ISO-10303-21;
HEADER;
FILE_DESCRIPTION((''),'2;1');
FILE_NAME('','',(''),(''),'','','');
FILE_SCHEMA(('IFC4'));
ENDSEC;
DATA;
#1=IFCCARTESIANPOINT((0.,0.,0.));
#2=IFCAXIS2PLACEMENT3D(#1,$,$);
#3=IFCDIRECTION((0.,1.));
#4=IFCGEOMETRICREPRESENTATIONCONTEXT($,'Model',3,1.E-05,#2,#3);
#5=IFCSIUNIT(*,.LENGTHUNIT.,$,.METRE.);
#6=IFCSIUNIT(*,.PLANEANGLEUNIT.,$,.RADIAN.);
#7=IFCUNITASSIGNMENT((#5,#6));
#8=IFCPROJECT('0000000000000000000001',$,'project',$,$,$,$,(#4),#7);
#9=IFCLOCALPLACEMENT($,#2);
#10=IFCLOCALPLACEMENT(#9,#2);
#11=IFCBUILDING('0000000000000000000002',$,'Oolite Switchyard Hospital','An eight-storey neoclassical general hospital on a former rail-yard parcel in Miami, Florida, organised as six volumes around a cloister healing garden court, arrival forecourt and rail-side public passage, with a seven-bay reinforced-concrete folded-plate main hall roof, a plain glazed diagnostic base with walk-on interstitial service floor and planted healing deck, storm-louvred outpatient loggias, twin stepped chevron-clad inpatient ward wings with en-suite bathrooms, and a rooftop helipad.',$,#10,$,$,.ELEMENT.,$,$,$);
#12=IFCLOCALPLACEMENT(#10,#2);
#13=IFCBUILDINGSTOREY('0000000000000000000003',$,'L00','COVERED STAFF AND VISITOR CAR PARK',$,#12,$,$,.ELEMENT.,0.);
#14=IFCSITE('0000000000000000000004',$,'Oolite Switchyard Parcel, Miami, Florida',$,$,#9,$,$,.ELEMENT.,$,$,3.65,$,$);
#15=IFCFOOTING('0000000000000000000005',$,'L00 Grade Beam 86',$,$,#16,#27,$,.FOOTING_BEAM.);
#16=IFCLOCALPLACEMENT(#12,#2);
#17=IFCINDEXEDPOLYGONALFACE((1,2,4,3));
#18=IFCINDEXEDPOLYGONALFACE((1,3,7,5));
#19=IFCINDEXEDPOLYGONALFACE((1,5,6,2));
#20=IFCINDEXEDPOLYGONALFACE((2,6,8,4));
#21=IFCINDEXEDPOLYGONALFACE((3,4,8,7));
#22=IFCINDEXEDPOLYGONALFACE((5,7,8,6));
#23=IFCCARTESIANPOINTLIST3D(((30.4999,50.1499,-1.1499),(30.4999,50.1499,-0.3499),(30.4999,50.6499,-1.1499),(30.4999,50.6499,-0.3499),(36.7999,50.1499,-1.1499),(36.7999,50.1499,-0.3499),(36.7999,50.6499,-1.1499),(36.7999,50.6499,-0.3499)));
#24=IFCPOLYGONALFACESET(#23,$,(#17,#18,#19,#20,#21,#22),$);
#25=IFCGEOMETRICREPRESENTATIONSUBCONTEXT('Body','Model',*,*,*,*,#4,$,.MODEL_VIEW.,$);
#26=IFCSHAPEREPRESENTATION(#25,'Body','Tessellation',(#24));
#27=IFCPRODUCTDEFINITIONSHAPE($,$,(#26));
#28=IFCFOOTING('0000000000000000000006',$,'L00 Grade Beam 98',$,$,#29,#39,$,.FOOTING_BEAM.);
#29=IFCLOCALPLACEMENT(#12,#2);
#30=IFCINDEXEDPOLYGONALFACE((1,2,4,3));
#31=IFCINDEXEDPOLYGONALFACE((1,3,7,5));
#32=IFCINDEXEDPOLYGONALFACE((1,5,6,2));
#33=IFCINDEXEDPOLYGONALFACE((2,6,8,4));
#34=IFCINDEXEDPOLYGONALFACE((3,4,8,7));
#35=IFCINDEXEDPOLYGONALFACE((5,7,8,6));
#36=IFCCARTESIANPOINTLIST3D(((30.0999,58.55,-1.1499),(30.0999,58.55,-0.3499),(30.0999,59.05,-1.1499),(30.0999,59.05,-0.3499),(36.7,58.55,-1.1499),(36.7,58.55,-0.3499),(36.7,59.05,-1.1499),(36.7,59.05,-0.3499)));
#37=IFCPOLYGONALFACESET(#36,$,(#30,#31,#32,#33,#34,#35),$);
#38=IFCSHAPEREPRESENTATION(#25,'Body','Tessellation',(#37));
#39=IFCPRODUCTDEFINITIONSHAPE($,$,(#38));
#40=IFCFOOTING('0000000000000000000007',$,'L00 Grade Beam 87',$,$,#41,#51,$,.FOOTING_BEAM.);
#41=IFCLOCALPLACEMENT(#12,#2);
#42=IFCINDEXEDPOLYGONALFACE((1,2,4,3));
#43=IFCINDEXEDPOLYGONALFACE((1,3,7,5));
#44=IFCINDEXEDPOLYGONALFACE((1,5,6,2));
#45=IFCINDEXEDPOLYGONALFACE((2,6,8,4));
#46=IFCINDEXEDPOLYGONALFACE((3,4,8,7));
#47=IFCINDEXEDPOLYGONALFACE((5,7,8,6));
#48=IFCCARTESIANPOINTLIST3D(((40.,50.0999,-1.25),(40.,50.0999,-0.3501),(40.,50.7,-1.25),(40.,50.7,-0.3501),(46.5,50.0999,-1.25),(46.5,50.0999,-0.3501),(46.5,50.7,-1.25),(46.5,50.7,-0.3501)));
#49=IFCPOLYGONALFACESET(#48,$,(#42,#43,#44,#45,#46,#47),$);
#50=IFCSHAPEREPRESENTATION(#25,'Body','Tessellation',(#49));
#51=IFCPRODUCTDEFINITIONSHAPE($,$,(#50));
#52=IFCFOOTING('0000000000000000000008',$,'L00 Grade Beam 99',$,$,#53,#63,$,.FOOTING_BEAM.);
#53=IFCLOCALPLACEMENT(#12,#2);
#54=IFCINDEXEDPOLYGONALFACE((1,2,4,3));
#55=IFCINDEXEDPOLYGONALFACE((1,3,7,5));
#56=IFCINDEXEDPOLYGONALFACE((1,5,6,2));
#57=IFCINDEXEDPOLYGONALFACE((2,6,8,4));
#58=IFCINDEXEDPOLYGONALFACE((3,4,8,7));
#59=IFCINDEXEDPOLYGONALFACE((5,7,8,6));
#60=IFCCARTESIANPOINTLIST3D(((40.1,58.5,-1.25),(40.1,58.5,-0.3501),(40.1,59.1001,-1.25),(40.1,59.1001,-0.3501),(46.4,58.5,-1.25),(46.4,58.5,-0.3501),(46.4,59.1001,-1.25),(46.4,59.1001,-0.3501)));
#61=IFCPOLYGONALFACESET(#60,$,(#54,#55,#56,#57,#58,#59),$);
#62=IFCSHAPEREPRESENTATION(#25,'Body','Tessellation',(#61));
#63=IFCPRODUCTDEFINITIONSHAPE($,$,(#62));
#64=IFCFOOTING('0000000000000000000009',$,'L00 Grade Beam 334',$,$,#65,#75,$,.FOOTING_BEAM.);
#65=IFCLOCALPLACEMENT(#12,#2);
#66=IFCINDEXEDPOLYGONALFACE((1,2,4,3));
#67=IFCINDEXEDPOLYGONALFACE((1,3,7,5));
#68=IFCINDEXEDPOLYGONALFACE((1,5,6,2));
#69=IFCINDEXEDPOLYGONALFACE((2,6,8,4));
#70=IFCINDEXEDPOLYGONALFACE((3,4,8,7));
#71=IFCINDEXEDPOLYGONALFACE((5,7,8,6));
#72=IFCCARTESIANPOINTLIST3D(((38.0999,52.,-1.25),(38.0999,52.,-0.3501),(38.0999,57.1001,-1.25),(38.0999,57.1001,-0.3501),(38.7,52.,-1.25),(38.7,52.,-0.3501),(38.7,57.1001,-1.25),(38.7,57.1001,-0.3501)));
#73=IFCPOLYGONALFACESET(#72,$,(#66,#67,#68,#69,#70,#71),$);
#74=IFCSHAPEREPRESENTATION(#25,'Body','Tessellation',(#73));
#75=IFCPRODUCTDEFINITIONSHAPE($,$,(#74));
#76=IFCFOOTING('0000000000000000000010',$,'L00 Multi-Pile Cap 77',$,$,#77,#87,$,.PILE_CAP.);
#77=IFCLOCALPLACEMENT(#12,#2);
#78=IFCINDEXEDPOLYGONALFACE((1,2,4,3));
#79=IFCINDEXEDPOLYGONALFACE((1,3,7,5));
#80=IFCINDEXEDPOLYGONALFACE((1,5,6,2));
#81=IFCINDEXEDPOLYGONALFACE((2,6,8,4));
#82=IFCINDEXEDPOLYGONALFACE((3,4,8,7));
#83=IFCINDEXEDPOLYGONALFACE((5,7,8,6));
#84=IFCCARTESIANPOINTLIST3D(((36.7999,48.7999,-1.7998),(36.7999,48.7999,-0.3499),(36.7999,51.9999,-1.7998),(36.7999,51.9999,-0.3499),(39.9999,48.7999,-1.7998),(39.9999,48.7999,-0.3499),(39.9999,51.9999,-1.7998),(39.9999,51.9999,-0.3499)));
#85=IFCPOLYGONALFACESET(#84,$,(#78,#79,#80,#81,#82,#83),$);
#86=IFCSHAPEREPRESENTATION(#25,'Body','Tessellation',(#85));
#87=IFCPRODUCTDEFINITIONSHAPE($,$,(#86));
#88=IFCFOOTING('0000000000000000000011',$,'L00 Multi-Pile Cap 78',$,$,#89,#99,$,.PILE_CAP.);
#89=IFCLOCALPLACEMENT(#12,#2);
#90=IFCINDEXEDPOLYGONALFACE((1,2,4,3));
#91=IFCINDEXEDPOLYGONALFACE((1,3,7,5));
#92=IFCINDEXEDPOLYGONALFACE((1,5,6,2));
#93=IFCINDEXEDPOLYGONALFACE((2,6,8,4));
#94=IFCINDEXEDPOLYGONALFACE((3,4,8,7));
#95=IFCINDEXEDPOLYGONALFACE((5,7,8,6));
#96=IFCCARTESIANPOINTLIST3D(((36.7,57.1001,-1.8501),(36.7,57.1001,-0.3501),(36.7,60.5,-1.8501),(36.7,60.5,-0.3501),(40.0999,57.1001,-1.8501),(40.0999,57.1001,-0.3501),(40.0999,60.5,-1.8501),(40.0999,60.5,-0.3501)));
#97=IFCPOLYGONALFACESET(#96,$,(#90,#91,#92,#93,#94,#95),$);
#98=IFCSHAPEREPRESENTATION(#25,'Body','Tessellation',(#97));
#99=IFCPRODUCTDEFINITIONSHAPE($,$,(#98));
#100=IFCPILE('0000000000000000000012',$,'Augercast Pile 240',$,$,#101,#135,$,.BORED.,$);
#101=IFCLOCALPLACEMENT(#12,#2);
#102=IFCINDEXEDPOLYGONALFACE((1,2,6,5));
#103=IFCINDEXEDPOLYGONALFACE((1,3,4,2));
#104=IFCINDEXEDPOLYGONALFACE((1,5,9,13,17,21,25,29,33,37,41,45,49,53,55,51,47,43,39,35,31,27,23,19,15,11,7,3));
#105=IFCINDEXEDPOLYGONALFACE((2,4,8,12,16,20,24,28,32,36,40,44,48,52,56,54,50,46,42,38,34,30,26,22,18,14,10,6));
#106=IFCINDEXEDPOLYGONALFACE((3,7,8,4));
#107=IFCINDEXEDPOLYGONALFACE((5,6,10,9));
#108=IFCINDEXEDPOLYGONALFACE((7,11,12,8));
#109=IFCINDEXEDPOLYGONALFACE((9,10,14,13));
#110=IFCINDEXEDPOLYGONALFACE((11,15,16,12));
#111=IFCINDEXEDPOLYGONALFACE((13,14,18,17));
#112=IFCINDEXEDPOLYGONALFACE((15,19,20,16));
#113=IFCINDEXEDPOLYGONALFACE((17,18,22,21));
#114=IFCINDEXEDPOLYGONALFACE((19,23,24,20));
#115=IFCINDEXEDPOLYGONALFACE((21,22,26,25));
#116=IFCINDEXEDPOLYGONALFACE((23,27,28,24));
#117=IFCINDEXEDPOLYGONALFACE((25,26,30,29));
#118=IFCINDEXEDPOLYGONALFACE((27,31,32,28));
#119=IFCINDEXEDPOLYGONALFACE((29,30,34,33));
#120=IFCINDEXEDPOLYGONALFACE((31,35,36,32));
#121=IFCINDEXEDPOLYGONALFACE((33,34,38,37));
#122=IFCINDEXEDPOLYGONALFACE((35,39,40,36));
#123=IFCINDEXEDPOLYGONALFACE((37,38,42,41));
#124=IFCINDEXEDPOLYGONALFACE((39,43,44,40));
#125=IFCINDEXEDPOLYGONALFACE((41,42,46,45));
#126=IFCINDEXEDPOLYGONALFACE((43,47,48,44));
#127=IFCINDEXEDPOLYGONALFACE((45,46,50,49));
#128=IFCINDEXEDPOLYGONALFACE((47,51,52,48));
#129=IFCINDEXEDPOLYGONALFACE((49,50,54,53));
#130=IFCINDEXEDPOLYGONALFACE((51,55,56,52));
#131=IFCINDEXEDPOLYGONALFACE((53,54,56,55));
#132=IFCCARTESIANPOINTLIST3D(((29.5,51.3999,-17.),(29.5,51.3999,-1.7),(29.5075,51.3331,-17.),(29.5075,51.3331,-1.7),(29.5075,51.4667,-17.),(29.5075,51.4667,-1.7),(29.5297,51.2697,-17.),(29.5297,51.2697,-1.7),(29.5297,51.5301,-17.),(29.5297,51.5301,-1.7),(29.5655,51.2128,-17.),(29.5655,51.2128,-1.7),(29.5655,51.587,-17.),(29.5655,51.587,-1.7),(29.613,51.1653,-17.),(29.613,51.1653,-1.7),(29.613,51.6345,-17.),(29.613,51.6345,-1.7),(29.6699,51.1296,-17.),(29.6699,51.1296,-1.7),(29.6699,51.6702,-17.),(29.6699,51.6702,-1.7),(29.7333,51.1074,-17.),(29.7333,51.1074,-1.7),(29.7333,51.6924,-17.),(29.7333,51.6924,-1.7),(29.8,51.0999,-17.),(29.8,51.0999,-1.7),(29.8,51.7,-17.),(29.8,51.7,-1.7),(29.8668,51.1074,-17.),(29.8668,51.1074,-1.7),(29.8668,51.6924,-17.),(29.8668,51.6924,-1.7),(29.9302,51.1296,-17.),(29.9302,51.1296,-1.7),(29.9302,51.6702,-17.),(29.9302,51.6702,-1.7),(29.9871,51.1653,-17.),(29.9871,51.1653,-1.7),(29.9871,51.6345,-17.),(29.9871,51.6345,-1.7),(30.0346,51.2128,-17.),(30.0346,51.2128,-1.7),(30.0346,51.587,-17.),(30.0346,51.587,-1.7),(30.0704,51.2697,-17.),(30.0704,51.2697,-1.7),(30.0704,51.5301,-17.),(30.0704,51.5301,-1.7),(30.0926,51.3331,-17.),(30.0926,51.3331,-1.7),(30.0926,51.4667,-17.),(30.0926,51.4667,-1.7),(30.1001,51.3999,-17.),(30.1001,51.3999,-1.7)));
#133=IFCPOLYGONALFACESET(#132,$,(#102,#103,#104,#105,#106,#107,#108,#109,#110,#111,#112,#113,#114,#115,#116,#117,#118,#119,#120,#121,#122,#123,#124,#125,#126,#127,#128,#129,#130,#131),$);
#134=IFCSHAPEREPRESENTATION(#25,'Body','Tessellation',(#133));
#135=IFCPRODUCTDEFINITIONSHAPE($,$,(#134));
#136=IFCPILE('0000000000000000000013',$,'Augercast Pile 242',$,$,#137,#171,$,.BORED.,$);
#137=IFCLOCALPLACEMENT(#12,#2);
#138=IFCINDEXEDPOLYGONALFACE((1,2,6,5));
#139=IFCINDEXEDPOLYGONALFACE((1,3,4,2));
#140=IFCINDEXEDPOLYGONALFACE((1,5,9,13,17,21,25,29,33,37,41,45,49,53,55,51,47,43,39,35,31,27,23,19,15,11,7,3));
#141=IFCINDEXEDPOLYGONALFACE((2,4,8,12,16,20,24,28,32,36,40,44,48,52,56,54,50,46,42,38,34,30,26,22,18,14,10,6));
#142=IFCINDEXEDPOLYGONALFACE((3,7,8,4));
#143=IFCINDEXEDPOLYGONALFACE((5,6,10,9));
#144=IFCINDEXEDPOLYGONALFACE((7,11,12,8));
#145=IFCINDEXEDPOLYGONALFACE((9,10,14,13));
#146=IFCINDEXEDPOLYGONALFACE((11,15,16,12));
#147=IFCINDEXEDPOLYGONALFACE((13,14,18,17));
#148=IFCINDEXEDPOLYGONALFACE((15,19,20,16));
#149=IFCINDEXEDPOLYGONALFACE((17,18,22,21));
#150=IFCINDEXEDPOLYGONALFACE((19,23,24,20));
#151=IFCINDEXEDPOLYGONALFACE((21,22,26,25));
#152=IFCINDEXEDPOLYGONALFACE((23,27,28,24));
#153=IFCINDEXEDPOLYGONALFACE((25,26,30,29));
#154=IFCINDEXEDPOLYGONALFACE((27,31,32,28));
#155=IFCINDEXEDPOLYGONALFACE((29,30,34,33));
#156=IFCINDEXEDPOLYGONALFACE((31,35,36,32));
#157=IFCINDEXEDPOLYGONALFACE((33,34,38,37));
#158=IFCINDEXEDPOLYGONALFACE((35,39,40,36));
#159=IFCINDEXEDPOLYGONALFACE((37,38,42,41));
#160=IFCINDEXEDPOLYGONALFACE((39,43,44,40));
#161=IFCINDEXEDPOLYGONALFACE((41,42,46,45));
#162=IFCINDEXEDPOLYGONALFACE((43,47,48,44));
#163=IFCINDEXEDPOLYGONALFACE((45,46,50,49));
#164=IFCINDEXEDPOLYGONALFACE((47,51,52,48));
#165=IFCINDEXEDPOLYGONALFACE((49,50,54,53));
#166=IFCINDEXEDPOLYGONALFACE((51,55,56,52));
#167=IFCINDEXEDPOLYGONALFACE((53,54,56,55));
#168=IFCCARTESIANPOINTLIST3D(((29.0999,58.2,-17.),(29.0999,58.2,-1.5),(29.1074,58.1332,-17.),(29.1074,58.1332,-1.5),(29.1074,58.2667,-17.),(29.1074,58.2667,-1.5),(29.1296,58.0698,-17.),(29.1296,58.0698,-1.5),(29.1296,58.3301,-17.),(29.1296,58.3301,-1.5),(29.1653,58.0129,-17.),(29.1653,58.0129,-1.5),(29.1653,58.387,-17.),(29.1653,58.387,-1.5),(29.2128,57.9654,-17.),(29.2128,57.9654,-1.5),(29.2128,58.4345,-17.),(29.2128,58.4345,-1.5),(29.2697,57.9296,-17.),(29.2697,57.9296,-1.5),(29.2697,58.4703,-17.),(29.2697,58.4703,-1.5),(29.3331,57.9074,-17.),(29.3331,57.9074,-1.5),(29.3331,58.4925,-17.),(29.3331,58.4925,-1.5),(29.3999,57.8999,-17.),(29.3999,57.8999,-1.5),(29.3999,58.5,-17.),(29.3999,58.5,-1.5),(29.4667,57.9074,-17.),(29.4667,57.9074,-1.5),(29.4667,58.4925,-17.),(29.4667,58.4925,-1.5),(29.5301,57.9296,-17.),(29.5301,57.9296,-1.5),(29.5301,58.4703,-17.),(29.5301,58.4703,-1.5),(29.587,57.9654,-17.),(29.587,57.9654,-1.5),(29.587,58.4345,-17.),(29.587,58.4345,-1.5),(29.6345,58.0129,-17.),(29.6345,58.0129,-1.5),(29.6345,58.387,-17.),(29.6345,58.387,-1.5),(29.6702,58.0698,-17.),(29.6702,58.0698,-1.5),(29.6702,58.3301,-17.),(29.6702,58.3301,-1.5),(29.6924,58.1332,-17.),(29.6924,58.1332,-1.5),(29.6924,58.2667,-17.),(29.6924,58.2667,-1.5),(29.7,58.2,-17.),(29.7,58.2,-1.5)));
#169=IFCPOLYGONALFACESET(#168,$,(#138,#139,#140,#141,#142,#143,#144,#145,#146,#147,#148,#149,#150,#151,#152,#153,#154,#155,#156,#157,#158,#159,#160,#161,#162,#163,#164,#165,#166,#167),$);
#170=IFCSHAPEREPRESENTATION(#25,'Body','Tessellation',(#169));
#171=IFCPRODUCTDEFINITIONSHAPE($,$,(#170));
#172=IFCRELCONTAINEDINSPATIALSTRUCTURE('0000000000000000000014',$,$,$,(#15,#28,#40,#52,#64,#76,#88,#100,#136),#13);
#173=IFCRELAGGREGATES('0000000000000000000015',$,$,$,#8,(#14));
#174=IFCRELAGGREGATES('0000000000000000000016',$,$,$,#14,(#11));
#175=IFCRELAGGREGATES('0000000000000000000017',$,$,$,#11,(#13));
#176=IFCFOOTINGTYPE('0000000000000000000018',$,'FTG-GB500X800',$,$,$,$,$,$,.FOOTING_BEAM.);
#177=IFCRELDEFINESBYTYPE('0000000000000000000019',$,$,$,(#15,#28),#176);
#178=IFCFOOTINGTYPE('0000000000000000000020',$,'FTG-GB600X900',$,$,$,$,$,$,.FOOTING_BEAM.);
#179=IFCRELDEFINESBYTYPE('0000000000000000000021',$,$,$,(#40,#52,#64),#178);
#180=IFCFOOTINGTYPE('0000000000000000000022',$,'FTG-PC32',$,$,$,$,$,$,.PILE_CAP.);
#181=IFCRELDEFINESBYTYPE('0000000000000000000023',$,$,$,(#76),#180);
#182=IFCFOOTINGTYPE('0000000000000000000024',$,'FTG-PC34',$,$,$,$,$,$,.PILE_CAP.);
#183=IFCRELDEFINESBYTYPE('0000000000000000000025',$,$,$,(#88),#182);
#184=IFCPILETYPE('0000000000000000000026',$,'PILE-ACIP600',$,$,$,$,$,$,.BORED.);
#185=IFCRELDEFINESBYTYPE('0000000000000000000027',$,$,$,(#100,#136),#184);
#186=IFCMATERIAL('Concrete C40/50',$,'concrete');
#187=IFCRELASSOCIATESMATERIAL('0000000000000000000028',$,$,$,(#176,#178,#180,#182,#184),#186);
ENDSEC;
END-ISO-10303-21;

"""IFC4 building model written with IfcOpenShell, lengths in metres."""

from ifc_helpers import new_model, si_unit, direction, frame, origin, origin_2d, place, context, subcontext, project, spatial, rectangle, circle, extrude, material, material_profile, profile_set, type_object, element, save


model = new_model("IFC4")

# Units and contexts
model_context = context("Model", 3, precision=1e-05, world=origin(), true_north=direction((0.0, 1.0)))
body_context = subcontext(model_context, "Body", "Model", "MODEL_VIEW")
ifc_project = project(units=[si_unit("LENGTHUNIT", "METRE"), si_unit("PLANEANGLEUNIT", "RADIAN")], contexts=[model_context])

# Site, building, storey
site_placement = place(None, origin())
site = spatial("IfcSite", under=ifc_project, at=site_placement, Name="Oolite Switchyard Parcel, Miami, Florida", CompositionType="ELEMENT", RefElevation=3.65)
building_placement = place(site_placement, origin())
building = spatial("IfcBuilding", under=site, at=building_placement, Name="Oolite Switchyard Hospital", Description="An eight-storey neoclassical general hospital on a former rail-yard parcel in Miami, Florida, organised as six volumes around a cloister healing garden court, arrival forecourt and rail-side public passage, with a seven-bay reinforced-concrete folded-plate main hall roof, a plain glazed diagnostic base with walk-on interstitial service floor and planted healing deck, storm-louvred outpatient loggias, twin stepped chevron-clad inpatient ward wings with en-suite bathrooms, and a rooftop helipad.", CompositionType="ELEMENT")
storey_placement = place(building_placement, origin())
storey = spatial("IfcBuildingStorey", under=building, at=storey_placement, Name="L00", Description="COVERED STAFF AND VISITOR CAR PARK", CompositionType="ELEMENT", Elevation=0.0)

# Footings
ifc_material_1 = material(Name="Concrete C40/50", Category="concrete")
footing_type_1 = type_object("IfcFootingType", Name="FTG-GB500X800", PredefinedType="FOOTING_BEAM", material=ifc_material_1)
footing_1_placement = place(storey_placement, frame((33.6499, 50.3999, -1.1499), z_axis=(0.0, 0.0, 1.0), x_axis=(1.0, 0.0, 0.0)))
element("IfcFooting", 1, at=footing_1_placement, inside=storey, type_object=footing_type_1, Name="L00 Grade Beam 86", PredefinedType="FOOTING_BEAM", context=body_context, shape_type="SweptSolid", body=[
    extrude(rectangle(XDim=6.3, YDim=0.5, at=origin_2d()), origin(), (0.0, 0.0, 1.0), 0.8),
])
footing_2_placement = place(storey_placement, frame((33.3999, 58.8, -1.1499), z_axis=(0.0, 0.0, 1.0), x_axis=(1.0, 0.0, 0.0)))
element("IfcFooting", 2, at=footing_2_placement, inside=storey, type_object=footing_type_1, Name="L00 Grade Beam 98", PredefinedType="FOOTING_BEAM", context=body_context, shape_type="SweptSolid", body=[
    extrude(rectangle(XDim=6.6001, YDim=0.5, at=origin_2d()), origin(), (0.0, 0.0, 1.0), 0.8),
])
footing_type_2 = type_object("IfcFootingType", Name="FTG-GB600X900", PredefinedType="FOOTING_BEAM", material=ifc_material_1)
footing_3_placement = place(storey_placement, frame((43.25, 50.3999, -1.25), z_axis=(0.0, 0.0, 1.0), x_axis=(1.0, 0.0, 0.0)))
element("IfcFooting", 3, at=footing_3_placement, inside=storey, type_object=footing_type_2, Name="L00 Grade Beam 87", PredefinedType="FOOTING_BEAM", context=body_context, shape_type="SweptSolid", body=[
    extrude(rectangle(XDim=6.5, YDim=0.6001, at=origin_2d()), origin(), (0.0, 0.0, 1.0), 0.8999),
])
footing_4_placement = place(storey_placement, frame((43.25, 58.8, -1.25), z_axis=(0.0, 0.0, 1.0), x_axis=(1.0, 0.0, 0.0)))
element("IfcFooting", 4, at=footing_4_placement, inside=storey, type_object=footing_type_2, Name="L00 Grade Beam 99", PredefinedType="FOOTING_BEAM", context=body_context, shape_type="SweptSolid", body=[
    extrude(rectangle(XDim=6.3, YDim=0.6001, at=origin_2d()), origin(), (0.0, 0.0, 1.0), 0.8999),
])
footing_5_placement = place(storey_placement, frame((38.3999, 54.55, -1.25), z_axis=(0.0, 0.0, 1.0), x_axis=(0.0, 1.0, 0.0)))
element("IfcFooting", 5, at=footing_5_placement, inside=storey, type_object=footing_type_2, Name="L00 Grade Beam 334", PredefinedType="FOOTING_BEAM", context=body_context, shape_type="SweptSolid", body=[
    extrude(rectangle(XDim=5.1001, YDim=0.6001, at=origin_2d()), origin(), (0.0, 0.0, 1.0), 0.8999),
])
footing_type_3 = type_object("IfcFootingType", Name="FTG-PC32", PredefinedType="PILE_CAP", material=ifc_material_1)
footing_6_placement = place(storey_placement, frame((38.3999, 50.3999, -1.7998), z_axis=(0.0, 0.0, 1.0), x_axis=(1.0, 0.0, 0.0)))
element("IfcFooting", 6, at=footing_6_placement, inside=storey, type_object=footing_type_3, Name="L00 Multi-Pile Cap 77", PredefinedType="PILE_CAP", context=body_context, shape_type="SweptSolid", body=[
    extrude(rectangle(XDim=3.2, YDim=3.2, at=origin_2d()), origin(), (0.0, 0.0, 1.0), 1.45),
])
footing_type_4 = type_object("IfcFootingType", Name="FTG-PC34", PredefinedType="PILE_CAP", material=ifc_material_1)
footing_7_placement = place(storey_placement, frame((38.3999, 58.8, -1.8501), z_axis=(0.0, 0.0, 1.0), x_axis=(1.0, 0.0, 0.0)))
element("IfcFooting", 7, at=footing_7_placement, inside=storey, type_object=footing_type_4, Name="L00 Multi-Pile Cap 78", PredefinedType="PILE_CAP", context=body_context, shape_type="SweptSolid", body=[
    extrude(rectangle(XDim=3.3999, YDim=3.3999, at=origin_2d()), origin(), (0.0, 0.0, 1.0), 1.5),
])

# Piles
ifc_material_profile_1 = material_profile(ifc_material_1, circle(Radius=0.3, at=origin_2d()), Name="PILE600")
ifc_profile_set_1 = profile_set([ifc_material_profile_1], Name="Concrete C40/50")
pile_type = type_object("IfcPileType", Name="PILE-ACIP600", PredefinedType="BORED", material=ifc_profile_set_1)
pile_1_placement = place(storey_placement, frame((29.8, 51.3999, -1.7), z_axis=(0.0, 0.0, -1.0), x_axis=(1.0, 0.0, 0.0)))
element("IfcPile", 8, at=pile_1_placement, inside=storey, type_object=pile_type, Name="Augercast Pile 240", PredefinedType="BORED", context=body_context, shape_type="SweptSolid", body=[
    extrude(circle(Radius=0.3, at=origin_2d()), origin(), (0.0, 0.0, 1.0), 15.3),
])
for number, where, z_axis, x_axis, name in (
    (9, (29.3999, 58.2, -1.5), (0.0, 0.0, -1.0), (1.0, 0.0, 0.0), "Augercast Pile 242"),
):
    element("IfcPile", number, at=place(storey_placement, frame(where, z_axis=z_axis, x_axis=x_axis)), inside=storey, type_object=pile_type, Name=name, PredefinedType="BORED", context=body_context, shape_type="SweptSolid", body=[
        extrude(circle(Radius=0.3, at=origin_2d()), origin(), (0.0, 0.0, 1.0), 15.5),
    ])

save(model, "model.ifc")
